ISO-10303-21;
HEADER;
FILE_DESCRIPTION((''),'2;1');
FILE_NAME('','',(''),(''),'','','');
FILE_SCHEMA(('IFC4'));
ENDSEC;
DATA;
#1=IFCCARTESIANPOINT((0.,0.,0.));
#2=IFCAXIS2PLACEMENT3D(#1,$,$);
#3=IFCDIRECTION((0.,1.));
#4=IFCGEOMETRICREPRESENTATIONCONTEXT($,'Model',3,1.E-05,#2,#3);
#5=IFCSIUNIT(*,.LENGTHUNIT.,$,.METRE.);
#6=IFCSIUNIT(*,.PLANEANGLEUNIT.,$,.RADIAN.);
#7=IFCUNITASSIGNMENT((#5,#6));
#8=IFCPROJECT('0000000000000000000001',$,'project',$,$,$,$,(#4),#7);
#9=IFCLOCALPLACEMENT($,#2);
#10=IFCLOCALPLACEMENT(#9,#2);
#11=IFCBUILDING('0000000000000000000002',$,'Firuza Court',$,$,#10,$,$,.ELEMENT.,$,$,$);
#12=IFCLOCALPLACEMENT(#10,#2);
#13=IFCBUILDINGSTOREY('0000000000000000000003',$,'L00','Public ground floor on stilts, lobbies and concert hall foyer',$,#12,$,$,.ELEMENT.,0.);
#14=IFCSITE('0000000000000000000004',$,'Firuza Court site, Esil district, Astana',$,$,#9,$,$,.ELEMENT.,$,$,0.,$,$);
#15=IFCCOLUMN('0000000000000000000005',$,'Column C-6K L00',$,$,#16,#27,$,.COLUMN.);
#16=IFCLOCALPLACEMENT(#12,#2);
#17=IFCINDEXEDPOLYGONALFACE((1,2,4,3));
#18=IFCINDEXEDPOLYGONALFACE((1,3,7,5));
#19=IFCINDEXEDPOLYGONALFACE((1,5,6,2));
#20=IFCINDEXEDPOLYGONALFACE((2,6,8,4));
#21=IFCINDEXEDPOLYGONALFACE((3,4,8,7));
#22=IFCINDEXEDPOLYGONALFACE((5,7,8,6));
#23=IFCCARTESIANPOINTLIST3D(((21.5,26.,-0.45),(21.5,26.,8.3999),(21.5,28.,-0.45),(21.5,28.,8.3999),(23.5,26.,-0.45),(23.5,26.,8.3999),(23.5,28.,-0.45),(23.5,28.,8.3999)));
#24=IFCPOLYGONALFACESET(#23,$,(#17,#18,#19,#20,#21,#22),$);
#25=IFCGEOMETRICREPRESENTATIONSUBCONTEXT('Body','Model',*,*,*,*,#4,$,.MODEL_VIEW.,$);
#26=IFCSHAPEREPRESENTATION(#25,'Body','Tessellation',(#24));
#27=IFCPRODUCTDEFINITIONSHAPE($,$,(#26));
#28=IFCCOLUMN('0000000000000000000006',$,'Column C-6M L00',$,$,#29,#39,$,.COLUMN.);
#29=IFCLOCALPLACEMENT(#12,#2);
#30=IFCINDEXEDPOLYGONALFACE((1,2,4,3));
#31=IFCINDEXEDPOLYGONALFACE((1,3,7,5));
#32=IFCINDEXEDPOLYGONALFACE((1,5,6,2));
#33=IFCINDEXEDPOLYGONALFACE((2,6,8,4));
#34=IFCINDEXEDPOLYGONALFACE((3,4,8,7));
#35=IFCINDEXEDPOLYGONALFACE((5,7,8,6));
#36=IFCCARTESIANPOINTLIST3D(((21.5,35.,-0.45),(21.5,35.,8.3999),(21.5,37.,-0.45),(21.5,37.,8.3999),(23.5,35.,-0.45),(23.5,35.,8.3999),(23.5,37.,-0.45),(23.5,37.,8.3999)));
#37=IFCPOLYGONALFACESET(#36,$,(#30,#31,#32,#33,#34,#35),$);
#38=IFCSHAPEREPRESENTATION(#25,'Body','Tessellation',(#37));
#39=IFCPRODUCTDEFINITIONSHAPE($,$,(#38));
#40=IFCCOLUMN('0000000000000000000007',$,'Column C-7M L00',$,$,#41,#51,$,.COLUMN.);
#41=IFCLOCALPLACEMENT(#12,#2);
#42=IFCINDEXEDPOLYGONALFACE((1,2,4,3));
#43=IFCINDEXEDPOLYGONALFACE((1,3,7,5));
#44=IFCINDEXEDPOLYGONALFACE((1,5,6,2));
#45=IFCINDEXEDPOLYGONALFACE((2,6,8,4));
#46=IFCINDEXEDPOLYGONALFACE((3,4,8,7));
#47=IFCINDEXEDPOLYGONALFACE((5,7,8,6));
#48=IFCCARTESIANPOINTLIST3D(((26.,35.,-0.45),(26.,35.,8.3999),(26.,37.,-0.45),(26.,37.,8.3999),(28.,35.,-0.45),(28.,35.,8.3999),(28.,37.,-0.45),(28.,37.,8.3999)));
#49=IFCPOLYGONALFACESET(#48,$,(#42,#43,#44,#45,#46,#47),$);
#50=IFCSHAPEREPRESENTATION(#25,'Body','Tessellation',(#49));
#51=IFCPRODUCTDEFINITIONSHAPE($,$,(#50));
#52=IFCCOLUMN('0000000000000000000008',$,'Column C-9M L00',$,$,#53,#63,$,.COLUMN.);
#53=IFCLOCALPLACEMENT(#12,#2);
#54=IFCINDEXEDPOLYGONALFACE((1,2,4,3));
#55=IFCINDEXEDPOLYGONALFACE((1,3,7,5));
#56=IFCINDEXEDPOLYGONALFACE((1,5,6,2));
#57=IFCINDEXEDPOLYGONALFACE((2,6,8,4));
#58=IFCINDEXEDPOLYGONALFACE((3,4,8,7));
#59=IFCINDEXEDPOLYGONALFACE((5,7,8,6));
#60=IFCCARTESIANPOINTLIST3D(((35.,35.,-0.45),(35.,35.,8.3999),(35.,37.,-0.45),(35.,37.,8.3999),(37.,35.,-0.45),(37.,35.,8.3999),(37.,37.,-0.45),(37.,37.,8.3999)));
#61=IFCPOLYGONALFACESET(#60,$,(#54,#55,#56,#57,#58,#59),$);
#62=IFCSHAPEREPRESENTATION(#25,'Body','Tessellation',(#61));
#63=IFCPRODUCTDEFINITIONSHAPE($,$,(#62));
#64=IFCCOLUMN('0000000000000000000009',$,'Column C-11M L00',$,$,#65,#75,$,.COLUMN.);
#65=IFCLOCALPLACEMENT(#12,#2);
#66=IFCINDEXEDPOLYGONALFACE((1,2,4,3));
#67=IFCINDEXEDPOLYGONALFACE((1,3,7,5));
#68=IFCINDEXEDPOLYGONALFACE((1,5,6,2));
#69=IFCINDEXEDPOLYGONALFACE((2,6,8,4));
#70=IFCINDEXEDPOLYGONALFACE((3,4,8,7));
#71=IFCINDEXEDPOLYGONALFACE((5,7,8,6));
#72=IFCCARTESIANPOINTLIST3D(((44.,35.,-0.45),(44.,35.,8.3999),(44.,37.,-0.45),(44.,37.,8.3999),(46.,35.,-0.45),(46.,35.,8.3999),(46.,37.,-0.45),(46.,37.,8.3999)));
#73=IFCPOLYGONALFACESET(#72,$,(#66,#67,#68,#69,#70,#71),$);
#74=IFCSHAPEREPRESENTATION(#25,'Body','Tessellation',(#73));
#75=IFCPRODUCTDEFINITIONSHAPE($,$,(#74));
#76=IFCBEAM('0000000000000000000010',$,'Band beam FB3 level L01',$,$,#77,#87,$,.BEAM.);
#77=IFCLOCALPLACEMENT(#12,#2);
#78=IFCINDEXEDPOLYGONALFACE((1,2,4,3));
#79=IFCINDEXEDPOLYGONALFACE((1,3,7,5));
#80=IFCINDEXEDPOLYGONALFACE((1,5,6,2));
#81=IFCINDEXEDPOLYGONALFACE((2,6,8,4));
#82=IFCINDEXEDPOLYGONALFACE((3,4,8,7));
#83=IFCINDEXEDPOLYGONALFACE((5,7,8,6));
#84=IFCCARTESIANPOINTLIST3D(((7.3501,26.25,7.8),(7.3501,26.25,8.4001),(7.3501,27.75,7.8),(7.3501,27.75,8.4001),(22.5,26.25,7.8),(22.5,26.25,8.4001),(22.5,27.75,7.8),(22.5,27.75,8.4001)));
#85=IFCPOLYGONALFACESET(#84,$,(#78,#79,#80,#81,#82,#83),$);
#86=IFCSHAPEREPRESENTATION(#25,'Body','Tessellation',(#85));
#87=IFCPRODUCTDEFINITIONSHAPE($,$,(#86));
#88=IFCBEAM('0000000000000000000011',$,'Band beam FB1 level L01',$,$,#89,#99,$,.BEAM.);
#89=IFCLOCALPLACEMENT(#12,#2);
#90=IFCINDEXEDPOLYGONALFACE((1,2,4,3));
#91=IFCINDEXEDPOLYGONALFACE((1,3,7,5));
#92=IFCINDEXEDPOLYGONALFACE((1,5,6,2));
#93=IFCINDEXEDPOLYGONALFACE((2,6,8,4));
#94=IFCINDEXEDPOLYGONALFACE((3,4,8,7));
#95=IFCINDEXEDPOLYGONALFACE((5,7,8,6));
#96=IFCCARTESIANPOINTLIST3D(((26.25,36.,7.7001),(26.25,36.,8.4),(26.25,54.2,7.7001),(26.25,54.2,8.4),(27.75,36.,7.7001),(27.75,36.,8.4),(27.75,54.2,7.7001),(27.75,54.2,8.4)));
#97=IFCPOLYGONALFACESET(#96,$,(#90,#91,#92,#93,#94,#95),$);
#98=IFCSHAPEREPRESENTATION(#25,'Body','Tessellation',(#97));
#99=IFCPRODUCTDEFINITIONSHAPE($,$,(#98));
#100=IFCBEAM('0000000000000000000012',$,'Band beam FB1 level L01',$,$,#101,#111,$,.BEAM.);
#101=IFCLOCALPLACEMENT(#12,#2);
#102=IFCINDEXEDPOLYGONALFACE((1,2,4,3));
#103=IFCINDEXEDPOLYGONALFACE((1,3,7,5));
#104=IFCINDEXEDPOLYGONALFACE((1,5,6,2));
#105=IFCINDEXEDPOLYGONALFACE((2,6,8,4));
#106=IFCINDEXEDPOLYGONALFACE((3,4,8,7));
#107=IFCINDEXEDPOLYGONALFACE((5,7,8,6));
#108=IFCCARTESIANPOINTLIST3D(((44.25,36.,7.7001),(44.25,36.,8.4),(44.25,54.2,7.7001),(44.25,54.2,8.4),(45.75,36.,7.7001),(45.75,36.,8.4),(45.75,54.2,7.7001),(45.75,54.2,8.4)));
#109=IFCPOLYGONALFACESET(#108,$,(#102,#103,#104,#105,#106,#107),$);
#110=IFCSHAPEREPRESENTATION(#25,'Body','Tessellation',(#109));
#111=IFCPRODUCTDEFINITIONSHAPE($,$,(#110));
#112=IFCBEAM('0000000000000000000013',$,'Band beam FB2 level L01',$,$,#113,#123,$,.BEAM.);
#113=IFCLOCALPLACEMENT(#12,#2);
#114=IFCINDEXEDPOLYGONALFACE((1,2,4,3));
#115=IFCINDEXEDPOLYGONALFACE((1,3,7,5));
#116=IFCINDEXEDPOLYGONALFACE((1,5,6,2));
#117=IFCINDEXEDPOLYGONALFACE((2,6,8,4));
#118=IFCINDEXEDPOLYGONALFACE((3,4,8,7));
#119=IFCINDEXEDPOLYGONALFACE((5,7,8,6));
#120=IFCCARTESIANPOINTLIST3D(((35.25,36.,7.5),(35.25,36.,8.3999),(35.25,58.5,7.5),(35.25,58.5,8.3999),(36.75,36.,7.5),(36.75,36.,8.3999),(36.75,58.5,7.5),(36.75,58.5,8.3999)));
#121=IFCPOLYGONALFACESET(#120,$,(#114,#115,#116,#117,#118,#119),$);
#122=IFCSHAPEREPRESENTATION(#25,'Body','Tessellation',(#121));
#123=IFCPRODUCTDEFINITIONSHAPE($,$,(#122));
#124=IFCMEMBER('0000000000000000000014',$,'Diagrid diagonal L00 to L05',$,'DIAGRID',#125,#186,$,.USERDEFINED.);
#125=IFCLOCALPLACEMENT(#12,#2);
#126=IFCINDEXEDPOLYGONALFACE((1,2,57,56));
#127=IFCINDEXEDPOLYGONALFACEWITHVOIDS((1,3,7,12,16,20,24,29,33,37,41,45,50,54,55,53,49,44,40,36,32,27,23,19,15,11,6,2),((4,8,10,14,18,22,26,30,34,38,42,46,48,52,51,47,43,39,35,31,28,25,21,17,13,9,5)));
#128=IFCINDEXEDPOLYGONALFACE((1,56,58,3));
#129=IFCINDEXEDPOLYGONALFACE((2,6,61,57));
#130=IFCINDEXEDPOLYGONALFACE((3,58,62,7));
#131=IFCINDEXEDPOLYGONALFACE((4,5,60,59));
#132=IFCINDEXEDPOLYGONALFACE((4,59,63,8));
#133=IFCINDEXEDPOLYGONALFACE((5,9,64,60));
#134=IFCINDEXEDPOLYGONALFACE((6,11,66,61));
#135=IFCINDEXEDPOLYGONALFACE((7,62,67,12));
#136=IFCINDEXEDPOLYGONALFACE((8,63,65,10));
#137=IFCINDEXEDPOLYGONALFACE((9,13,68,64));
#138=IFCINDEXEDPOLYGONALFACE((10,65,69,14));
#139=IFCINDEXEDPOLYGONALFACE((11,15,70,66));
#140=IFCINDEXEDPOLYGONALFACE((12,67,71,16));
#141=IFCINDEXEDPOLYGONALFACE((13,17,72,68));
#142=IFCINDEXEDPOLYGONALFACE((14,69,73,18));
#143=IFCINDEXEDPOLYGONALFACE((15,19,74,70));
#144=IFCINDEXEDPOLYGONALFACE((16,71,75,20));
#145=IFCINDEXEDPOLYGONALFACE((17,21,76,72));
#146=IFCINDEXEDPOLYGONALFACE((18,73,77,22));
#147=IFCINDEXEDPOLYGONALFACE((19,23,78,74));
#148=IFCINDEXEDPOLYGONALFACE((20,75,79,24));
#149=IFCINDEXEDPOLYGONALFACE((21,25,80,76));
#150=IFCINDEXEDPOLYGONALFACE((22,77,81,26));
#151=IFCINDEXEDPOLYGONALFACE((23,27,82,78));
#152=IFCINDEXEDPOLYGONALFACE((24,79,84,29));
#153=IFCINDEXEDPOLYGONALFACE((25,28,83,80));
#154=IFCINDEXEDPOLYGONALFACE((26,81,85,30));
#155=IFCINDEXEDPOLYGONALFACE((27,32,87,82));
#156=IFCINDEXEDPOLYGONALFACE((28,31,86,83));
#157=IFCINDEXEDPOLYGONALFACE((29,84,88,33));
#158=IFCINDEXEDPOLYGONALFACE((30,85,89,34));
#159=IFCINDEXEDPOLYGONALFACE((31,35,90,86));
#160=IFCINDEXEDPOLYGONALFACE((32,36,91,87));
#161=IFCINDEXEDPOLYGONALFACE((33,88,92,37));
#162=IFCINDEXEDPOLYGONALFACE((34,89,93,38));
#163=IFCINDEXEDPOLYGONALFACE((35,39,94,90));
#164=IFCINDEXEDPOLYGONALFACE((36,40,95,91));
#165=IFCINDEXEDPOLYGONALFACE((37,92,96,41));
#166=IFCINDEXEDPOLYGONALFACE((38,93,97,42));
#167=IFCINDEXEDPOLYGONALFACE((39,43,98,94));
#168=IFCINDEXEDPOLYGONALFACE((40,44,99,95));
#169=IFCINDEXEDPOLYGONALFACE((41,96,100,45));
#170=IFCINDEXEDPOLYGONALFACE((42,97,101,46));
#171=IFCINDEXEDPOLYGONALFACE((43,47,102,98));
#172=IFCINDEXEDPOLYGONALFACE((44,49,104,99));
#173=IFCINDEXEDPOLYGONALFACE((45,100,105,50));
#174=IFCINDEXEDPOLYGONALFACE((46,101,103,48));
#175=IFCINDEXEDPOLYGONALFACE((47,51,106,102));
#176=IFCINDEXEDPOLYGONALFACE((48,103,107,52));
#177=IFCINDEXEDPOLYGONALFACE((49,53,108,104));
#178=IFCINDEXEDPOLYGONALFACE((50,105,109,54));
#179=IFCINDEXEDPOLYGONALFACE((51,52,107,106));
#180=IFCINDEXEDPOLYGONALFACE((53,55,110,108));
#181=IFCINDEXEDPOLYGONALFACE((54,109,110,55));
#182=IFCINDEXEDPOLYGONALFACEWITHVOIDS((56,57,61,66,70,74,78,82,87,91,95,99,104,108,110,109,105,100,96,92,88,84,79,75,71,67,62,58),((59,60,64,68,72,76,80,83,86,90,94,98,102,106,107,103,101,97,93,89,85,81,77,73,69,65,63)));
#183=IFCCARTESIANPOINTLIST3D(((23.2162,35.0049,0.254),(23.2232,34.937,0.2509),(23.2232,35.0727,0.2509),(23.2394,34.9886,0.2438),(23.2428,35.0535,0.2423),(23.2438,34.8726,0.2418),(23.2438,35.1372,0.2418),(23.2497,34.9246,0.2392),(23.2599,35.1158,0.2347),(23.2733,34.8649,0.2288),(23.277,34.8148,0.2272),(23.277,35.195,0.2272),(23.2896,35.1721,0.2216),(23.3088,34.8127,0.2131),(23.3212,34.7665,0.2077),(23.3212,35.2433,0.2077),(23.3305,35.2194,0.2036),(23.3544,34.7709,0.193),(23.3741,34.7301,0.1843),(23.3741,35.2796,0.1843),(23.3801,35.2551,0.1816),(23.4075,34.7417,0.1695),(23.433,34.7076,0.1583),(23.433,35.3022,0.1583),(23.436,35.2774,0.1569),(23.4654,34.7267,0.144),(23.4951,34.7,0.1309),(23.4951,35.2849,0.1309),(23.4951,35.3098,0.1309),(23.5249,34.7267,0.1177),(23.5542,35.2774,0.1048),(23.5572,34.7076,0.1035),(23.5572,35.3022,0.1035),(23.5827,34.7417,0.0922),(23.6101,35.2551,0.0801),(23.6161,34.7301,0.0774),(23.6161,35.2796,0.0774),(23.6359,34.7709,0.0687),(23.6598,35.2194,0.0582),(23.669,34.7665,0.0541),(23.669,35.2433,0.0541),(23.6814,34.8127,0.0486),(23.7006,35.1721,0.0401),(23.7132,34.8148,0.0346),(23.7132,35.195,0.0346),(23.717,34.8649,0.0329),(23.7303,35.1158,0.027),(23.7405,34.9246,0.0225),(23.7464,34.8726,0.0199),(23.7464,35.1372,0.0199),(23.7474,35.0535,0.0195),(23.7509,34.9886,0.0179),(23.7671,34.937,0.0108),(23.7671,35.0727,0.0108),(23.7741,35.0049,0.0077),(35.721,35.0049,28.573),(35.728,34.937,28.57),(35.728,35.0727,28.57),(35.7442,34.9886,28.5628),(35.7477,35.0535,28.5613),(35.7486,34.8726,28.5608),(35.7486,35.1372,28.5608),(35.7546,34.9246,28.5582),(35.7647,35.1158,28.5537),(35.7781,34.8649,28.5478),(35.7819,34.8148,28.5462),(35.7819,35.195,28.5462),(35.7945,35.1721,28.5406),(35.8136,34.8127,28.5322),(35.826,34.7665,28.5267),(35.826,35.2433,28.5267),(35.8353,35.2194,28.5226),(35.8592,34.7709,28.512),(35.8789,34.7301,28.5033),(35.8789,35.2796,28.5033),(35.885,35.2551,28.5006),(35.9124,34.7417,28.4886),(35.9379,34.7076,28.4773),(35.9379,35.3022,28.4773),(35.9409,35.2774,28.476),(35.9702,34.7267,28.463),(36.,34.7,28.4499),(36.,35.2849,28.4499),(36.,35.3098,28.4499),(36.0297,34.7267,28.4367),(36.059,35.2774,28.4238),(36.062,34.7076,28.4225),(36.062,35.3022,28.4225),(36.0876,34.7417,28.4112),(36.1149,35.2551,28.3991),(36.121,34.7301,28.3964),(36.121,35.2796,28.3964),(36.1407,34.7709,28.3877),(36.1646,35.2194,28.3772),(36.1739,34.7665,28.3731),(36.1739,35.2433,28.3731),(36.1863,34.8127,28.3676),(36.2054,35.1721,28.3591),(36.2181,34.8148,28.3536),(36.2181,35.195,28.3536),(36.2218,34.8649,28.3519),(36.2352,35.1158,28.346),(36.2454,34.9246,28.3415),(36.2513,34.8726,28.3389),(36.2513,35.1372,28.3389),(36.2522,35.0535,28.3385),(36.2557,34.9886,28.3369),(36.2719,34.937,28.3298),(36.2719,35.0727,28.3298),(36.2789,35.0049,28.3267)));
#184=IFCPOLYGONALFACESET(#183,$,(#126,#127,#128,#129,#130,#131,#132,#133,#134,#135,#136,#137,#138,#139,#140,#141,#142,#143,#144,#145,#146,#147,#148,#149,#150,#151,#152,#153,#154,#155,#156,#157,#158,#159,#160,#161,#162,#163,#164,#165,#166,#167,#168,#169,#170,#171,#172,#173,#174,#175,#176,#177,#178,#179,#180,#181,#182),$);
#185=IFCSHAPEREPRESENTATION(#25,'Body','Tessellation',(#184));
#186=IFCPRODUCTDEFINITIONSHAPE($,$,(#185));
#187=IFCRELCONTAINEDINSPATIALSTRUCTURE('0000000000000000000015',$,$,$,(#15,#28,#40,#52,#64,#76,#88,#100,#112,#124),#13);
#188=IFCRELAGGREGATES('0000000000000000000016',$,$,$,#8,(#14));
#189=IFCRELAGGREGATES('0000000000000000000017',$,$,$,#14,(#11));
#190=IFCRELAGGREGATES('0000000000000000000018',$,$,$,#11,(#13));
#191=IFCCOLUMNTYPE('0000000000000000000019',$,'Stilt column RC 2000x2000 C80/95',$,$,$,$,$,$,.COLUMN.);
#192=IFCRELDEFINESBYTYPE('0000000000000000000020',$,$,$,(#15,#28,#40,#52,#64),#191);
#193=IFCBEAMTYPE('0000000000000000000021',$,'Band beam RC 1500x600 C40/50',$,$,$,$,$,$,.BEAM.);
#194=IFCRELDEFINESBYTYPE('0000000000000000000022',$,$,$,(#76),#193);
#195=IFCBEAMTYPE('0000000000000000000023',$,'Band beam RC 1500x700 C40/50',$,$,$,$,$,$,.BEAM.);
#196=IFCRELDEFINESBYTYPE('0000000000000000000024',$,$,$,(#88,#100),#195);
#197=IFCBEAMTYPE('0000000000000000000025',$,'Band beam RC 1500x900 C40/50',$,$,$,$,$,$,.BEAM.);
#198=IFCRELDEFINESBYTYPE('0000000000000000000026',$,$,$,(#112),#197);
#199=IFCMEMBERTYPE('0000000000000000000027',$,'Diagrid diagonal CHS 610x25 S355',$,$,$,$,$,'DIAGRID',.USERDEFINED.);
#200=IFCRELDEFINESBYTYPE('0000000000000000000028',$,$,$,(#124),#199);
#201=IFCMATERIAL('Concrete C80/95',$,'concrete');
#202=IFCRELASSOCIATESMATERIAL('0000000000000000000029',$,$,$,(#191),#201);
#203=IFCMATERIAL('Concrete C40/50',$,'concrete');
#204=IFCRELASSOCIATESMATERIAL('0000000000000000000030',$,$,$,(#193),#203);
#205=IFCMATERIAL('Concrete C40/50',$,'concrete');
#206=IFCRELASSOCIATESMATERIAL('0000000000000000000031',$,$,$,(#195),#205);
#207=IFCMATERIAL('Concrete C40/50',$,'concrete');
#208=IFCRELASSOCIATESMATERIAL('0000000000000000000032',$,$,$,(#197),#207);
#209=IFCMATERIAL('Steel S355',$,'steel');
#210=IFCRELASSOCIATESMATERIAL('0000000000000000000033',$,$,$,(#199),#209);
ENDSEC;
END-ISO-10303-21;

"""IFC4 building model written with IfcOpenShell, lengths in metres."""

from ifc_helpers import new_model, si_unit, direction, frame, origin, origin_2d, place, context, subcontext, project, spatial, rectangle, hollow_circle, extrude, material, material_profile, profile_set, type_object, element, save


model = new_model("IFC4")

# Units and contexts
model_context = context("Model", 3, precision=1e-05, world=origin(), true_north=direction((0.0, 1.0)))
body_context = subcontext(model_context, "Body", "Model", "MODEL_VIEW")
ifc_project = project(units=[si_unit("LENGTHUNIT", "METRE"), si_unit("PLANEANGLEUNIT", "RADIAN")], contexts=[model_context])

# Site, building, storey
site_placement = place(None, origin())
site = spatial("IfcSite", under=ifc_project, at=site_placement, Name="Firuza Court site, Esil district, Astana", CompositionType="ELEMENT", RefElevation=0.0)
building_placement = place(site_placement, origin())
building = spatial("IfcBuilding", under=site, at=building_placement, Name="Firuza Court", CompositionType="ELEMENT")
storey_placement = place(building_placement, origin())
storey = spatial("IfcBuildingStorey", under=building, at=storey_placement, Name="L00", Description="Public ground floor on stilts, lobbies and concert hall foyer", CompositionType="ELEMENT", Elevation=0.0)

# Columns
ifc_material_1 = material(Name="Concrete C80/95", Category="concrete")
ifc_material_profile_1 = material_profile(ifc_material_1, rectangle(XDim=2.0, YDim=2.0, at=origin_2d()), Name="RC 2000x2000")
ifc_profile_set_1 = profile_set([ifc_material_profile_1], Name="Concrete C80/95")
column_type = type_object("IfcColumnType", Name="Stilt column RC 2000x2000 C80/95", PredefinedType="COLUMN", material=ifc_profile_set_1)
for number, where, z_axis, x_axis, name in (
    (1, (22.5, 27.0, -0.45), (0.0, 0.0, 1.0), (1.0, 0.0, 0.0), "Column C-6K L00"),
    (2, (22.5, 36.0, -0.45), (0.0, 0.0, 1.0), (1.0, 0.0, 0.0), "Column C-6M L00"),
    (3, (27.0, 36.0, -0.45), (0.0, 0.0, 1.0), (1.0, 0.0, 0.0), "Column C-7M L00"),
    (4, (36.0, 36.0, -0.45), (0.0, 0.0, 1.0), (1.0, 0.0, 0.0), "Column C-9M L00"),
    (5, (45.0, 36.0, -0.45), (0.0, 0.0, 1.0), (1.0, 0.0, 0.0), "Column C-11M L00"),
):
    element("IfcColumn", number, at=place(storey_placement, frame(where, z_axis=z_axis, x_axis=x_axis)), inside=storey, type_object=column_type, Name=name, PredefinedType="COLUMN", context=body_context, shape_type="SweptSolid", body=[
        extrude(rectangle(XDim=2.0, YDim=2.0, at=origin_2d()), origin(), (0.0, 0.0, 1.0), 8.8499),
    ])

# Beams
ifc_material_2 = material(Name="Concrete C40/50", Category="concrete")
ifc_material_profile_2 = material_profile(ifc_material_2, rectangle(XDim=1.5, YDim=0.6001, at=origin_2d()), Name="RC 1500x600")
ifc_profile_set_2 = profile_set([ifc_material_profile_2], Name="Concrete C40/50")
beam_type_1 = type_object("IfcBeamType", Name="Band beam RC 1500x600 C40/50", PredefinedType="BEAM", material=ifc_profile_set_2)
beam_1_placement = place(storey_placement, frame((22.5, 27.0, 8.1001), z_axis=(-1.0, 0.0, 0.0), x_axis=(0.0, -1.0, 0.0)))
element("IfcBeam", 6, at=beam_1_placement, inside=storey, type_object=beam_type_1, Name="Band beam FB3 level L01", PredefinedType="BEAM", context=body_context, shape_type="SweptSolid", body=[
    extrude(rectangle(XDim=1.5, YDim=0.6001, at=origin_2d()), origin(), (0.0, 0.0, 1.0), 15.1499),
])
ifc_material_3 = material(Name="Concrete C40/50", Category="concrete")
ifc_material_profile_3 = material_profile(ifc_material_3, rectangle(XDim=1.5, YDim=0.7, at=origin_2d()), Name="RC 1500x700")
ifc_profile_set_3 = profile_set([ifc_material_profile_3], Name="Concrete C40/50")
beam_type_2 = type_object("IfcBeamType", Name="Band beam RC 1500x700 C40/50", PredefinedType="BEAM", material=ifc_profile_set_3)
for number, where, z_axis, x_axis, name in (
    (7, (27.0, 36.0, 8.05), (0.0, 1.0, 0.0), (-1.0, 0.0, 0.0), "Band beam FB1 level L01"),
    (8, (45.0, 36.0, 8.05), (0.0, 1.0, 0.0), (-1.0, 0.0, 0.0), "Band beam FB1 level L01"),
):
    element("IfcBeam", number, at=place(storey_placement, frame(where, z_axis=z_axis, x_axis=x_axis)), inside=storey, type_object=beam_type_2, Name=name, PredefinedType="BEAM", context=body_context, shape_type="SweptSolid", body=[
        extrude(rectangle(XDim=1.5, YDim=0.7, at=origin_2d()), origin(), (0.0, 0.0, 1.0), 18.2),
    ])
ifc_material_4 = material(Name="Concrete C40/50", Category="concrete")
ifc_material_profile_4 = material_profile(ifc_material_4, rectangle(XDim=1.5, YDim=0.8999, at=origin_2d()), Name="RC 1500x900")
ifc_profile_set_4 = profile_set([ifc_material_profile_4], Name="Concrete C40/50")
beam_type_3 = type_object("IfcBeamType", Name="Band beam RC 1500x900 C40/50", PredefinedType="BEAM", material=ifc_profile_set_4)
beam_2_placement = place(storey_placement, frame((36.0, 36.0, 7.95), z_axis=(0.0, 1.0, 0.0), x_axis=(-1.0, 0.0, 0.0)))
element("IfcBeam", 9, at=beam_2_placement, inside=storey, type_object=beam_type_3, Name="Band beam FB2 level L01", PredefinedType="BEAM", context=body_context, shape_type="SweptSolid", body=[
    extrude(rectangle(XDim=1.5, YDim=0.8999, at=origin_2d()), origin(), (0.0, 0.0, 1.0), 22.5),
])

# Member
ifc_material_5 = material(Name="Steel S355", Category="steel")
ifc_material_profile_5 = material_profile(ifc_material_5, hollow_circle(Radius=0.3049, WallThickness=0.0249, at=origin_2d()), Name="CHS 610x25")
ifc_profile_set_5 = profile_set([ifc_material_profile_5], Name="Steel S355")
member_type_1 = type_object("IfcMemberType", Name="Diagrid diagonal CHS 610x25 S355", ElementType="DIAGRID", PredefinedType="USERDEFINED", material=ifc_profile_set_5)
member_1_placement = place(storey_placement, frame((23.4951, 35.0049, 0.1309), z_axis=(0.403942, 0.0, 0.914785), x_axis=(0.0, 1.0, 0.0)))
element("IfcMember", 10, at=member_1_placement, inside=storey, type_object=member_type_1, Name="Diagrid diagonal L00 to L05", ObjectType="DIAGRID", PredefinedType="USERDEFINED", context=body_context, shape_type="SweptSolid", body=[
    extrude(hollow_circle(Radius=0.3049, WallThickness=0.0249, at=origin_2d()), origin(), (0.0, 0.0, 1.0), 30.957),
])

save(model, "model.ifc")
